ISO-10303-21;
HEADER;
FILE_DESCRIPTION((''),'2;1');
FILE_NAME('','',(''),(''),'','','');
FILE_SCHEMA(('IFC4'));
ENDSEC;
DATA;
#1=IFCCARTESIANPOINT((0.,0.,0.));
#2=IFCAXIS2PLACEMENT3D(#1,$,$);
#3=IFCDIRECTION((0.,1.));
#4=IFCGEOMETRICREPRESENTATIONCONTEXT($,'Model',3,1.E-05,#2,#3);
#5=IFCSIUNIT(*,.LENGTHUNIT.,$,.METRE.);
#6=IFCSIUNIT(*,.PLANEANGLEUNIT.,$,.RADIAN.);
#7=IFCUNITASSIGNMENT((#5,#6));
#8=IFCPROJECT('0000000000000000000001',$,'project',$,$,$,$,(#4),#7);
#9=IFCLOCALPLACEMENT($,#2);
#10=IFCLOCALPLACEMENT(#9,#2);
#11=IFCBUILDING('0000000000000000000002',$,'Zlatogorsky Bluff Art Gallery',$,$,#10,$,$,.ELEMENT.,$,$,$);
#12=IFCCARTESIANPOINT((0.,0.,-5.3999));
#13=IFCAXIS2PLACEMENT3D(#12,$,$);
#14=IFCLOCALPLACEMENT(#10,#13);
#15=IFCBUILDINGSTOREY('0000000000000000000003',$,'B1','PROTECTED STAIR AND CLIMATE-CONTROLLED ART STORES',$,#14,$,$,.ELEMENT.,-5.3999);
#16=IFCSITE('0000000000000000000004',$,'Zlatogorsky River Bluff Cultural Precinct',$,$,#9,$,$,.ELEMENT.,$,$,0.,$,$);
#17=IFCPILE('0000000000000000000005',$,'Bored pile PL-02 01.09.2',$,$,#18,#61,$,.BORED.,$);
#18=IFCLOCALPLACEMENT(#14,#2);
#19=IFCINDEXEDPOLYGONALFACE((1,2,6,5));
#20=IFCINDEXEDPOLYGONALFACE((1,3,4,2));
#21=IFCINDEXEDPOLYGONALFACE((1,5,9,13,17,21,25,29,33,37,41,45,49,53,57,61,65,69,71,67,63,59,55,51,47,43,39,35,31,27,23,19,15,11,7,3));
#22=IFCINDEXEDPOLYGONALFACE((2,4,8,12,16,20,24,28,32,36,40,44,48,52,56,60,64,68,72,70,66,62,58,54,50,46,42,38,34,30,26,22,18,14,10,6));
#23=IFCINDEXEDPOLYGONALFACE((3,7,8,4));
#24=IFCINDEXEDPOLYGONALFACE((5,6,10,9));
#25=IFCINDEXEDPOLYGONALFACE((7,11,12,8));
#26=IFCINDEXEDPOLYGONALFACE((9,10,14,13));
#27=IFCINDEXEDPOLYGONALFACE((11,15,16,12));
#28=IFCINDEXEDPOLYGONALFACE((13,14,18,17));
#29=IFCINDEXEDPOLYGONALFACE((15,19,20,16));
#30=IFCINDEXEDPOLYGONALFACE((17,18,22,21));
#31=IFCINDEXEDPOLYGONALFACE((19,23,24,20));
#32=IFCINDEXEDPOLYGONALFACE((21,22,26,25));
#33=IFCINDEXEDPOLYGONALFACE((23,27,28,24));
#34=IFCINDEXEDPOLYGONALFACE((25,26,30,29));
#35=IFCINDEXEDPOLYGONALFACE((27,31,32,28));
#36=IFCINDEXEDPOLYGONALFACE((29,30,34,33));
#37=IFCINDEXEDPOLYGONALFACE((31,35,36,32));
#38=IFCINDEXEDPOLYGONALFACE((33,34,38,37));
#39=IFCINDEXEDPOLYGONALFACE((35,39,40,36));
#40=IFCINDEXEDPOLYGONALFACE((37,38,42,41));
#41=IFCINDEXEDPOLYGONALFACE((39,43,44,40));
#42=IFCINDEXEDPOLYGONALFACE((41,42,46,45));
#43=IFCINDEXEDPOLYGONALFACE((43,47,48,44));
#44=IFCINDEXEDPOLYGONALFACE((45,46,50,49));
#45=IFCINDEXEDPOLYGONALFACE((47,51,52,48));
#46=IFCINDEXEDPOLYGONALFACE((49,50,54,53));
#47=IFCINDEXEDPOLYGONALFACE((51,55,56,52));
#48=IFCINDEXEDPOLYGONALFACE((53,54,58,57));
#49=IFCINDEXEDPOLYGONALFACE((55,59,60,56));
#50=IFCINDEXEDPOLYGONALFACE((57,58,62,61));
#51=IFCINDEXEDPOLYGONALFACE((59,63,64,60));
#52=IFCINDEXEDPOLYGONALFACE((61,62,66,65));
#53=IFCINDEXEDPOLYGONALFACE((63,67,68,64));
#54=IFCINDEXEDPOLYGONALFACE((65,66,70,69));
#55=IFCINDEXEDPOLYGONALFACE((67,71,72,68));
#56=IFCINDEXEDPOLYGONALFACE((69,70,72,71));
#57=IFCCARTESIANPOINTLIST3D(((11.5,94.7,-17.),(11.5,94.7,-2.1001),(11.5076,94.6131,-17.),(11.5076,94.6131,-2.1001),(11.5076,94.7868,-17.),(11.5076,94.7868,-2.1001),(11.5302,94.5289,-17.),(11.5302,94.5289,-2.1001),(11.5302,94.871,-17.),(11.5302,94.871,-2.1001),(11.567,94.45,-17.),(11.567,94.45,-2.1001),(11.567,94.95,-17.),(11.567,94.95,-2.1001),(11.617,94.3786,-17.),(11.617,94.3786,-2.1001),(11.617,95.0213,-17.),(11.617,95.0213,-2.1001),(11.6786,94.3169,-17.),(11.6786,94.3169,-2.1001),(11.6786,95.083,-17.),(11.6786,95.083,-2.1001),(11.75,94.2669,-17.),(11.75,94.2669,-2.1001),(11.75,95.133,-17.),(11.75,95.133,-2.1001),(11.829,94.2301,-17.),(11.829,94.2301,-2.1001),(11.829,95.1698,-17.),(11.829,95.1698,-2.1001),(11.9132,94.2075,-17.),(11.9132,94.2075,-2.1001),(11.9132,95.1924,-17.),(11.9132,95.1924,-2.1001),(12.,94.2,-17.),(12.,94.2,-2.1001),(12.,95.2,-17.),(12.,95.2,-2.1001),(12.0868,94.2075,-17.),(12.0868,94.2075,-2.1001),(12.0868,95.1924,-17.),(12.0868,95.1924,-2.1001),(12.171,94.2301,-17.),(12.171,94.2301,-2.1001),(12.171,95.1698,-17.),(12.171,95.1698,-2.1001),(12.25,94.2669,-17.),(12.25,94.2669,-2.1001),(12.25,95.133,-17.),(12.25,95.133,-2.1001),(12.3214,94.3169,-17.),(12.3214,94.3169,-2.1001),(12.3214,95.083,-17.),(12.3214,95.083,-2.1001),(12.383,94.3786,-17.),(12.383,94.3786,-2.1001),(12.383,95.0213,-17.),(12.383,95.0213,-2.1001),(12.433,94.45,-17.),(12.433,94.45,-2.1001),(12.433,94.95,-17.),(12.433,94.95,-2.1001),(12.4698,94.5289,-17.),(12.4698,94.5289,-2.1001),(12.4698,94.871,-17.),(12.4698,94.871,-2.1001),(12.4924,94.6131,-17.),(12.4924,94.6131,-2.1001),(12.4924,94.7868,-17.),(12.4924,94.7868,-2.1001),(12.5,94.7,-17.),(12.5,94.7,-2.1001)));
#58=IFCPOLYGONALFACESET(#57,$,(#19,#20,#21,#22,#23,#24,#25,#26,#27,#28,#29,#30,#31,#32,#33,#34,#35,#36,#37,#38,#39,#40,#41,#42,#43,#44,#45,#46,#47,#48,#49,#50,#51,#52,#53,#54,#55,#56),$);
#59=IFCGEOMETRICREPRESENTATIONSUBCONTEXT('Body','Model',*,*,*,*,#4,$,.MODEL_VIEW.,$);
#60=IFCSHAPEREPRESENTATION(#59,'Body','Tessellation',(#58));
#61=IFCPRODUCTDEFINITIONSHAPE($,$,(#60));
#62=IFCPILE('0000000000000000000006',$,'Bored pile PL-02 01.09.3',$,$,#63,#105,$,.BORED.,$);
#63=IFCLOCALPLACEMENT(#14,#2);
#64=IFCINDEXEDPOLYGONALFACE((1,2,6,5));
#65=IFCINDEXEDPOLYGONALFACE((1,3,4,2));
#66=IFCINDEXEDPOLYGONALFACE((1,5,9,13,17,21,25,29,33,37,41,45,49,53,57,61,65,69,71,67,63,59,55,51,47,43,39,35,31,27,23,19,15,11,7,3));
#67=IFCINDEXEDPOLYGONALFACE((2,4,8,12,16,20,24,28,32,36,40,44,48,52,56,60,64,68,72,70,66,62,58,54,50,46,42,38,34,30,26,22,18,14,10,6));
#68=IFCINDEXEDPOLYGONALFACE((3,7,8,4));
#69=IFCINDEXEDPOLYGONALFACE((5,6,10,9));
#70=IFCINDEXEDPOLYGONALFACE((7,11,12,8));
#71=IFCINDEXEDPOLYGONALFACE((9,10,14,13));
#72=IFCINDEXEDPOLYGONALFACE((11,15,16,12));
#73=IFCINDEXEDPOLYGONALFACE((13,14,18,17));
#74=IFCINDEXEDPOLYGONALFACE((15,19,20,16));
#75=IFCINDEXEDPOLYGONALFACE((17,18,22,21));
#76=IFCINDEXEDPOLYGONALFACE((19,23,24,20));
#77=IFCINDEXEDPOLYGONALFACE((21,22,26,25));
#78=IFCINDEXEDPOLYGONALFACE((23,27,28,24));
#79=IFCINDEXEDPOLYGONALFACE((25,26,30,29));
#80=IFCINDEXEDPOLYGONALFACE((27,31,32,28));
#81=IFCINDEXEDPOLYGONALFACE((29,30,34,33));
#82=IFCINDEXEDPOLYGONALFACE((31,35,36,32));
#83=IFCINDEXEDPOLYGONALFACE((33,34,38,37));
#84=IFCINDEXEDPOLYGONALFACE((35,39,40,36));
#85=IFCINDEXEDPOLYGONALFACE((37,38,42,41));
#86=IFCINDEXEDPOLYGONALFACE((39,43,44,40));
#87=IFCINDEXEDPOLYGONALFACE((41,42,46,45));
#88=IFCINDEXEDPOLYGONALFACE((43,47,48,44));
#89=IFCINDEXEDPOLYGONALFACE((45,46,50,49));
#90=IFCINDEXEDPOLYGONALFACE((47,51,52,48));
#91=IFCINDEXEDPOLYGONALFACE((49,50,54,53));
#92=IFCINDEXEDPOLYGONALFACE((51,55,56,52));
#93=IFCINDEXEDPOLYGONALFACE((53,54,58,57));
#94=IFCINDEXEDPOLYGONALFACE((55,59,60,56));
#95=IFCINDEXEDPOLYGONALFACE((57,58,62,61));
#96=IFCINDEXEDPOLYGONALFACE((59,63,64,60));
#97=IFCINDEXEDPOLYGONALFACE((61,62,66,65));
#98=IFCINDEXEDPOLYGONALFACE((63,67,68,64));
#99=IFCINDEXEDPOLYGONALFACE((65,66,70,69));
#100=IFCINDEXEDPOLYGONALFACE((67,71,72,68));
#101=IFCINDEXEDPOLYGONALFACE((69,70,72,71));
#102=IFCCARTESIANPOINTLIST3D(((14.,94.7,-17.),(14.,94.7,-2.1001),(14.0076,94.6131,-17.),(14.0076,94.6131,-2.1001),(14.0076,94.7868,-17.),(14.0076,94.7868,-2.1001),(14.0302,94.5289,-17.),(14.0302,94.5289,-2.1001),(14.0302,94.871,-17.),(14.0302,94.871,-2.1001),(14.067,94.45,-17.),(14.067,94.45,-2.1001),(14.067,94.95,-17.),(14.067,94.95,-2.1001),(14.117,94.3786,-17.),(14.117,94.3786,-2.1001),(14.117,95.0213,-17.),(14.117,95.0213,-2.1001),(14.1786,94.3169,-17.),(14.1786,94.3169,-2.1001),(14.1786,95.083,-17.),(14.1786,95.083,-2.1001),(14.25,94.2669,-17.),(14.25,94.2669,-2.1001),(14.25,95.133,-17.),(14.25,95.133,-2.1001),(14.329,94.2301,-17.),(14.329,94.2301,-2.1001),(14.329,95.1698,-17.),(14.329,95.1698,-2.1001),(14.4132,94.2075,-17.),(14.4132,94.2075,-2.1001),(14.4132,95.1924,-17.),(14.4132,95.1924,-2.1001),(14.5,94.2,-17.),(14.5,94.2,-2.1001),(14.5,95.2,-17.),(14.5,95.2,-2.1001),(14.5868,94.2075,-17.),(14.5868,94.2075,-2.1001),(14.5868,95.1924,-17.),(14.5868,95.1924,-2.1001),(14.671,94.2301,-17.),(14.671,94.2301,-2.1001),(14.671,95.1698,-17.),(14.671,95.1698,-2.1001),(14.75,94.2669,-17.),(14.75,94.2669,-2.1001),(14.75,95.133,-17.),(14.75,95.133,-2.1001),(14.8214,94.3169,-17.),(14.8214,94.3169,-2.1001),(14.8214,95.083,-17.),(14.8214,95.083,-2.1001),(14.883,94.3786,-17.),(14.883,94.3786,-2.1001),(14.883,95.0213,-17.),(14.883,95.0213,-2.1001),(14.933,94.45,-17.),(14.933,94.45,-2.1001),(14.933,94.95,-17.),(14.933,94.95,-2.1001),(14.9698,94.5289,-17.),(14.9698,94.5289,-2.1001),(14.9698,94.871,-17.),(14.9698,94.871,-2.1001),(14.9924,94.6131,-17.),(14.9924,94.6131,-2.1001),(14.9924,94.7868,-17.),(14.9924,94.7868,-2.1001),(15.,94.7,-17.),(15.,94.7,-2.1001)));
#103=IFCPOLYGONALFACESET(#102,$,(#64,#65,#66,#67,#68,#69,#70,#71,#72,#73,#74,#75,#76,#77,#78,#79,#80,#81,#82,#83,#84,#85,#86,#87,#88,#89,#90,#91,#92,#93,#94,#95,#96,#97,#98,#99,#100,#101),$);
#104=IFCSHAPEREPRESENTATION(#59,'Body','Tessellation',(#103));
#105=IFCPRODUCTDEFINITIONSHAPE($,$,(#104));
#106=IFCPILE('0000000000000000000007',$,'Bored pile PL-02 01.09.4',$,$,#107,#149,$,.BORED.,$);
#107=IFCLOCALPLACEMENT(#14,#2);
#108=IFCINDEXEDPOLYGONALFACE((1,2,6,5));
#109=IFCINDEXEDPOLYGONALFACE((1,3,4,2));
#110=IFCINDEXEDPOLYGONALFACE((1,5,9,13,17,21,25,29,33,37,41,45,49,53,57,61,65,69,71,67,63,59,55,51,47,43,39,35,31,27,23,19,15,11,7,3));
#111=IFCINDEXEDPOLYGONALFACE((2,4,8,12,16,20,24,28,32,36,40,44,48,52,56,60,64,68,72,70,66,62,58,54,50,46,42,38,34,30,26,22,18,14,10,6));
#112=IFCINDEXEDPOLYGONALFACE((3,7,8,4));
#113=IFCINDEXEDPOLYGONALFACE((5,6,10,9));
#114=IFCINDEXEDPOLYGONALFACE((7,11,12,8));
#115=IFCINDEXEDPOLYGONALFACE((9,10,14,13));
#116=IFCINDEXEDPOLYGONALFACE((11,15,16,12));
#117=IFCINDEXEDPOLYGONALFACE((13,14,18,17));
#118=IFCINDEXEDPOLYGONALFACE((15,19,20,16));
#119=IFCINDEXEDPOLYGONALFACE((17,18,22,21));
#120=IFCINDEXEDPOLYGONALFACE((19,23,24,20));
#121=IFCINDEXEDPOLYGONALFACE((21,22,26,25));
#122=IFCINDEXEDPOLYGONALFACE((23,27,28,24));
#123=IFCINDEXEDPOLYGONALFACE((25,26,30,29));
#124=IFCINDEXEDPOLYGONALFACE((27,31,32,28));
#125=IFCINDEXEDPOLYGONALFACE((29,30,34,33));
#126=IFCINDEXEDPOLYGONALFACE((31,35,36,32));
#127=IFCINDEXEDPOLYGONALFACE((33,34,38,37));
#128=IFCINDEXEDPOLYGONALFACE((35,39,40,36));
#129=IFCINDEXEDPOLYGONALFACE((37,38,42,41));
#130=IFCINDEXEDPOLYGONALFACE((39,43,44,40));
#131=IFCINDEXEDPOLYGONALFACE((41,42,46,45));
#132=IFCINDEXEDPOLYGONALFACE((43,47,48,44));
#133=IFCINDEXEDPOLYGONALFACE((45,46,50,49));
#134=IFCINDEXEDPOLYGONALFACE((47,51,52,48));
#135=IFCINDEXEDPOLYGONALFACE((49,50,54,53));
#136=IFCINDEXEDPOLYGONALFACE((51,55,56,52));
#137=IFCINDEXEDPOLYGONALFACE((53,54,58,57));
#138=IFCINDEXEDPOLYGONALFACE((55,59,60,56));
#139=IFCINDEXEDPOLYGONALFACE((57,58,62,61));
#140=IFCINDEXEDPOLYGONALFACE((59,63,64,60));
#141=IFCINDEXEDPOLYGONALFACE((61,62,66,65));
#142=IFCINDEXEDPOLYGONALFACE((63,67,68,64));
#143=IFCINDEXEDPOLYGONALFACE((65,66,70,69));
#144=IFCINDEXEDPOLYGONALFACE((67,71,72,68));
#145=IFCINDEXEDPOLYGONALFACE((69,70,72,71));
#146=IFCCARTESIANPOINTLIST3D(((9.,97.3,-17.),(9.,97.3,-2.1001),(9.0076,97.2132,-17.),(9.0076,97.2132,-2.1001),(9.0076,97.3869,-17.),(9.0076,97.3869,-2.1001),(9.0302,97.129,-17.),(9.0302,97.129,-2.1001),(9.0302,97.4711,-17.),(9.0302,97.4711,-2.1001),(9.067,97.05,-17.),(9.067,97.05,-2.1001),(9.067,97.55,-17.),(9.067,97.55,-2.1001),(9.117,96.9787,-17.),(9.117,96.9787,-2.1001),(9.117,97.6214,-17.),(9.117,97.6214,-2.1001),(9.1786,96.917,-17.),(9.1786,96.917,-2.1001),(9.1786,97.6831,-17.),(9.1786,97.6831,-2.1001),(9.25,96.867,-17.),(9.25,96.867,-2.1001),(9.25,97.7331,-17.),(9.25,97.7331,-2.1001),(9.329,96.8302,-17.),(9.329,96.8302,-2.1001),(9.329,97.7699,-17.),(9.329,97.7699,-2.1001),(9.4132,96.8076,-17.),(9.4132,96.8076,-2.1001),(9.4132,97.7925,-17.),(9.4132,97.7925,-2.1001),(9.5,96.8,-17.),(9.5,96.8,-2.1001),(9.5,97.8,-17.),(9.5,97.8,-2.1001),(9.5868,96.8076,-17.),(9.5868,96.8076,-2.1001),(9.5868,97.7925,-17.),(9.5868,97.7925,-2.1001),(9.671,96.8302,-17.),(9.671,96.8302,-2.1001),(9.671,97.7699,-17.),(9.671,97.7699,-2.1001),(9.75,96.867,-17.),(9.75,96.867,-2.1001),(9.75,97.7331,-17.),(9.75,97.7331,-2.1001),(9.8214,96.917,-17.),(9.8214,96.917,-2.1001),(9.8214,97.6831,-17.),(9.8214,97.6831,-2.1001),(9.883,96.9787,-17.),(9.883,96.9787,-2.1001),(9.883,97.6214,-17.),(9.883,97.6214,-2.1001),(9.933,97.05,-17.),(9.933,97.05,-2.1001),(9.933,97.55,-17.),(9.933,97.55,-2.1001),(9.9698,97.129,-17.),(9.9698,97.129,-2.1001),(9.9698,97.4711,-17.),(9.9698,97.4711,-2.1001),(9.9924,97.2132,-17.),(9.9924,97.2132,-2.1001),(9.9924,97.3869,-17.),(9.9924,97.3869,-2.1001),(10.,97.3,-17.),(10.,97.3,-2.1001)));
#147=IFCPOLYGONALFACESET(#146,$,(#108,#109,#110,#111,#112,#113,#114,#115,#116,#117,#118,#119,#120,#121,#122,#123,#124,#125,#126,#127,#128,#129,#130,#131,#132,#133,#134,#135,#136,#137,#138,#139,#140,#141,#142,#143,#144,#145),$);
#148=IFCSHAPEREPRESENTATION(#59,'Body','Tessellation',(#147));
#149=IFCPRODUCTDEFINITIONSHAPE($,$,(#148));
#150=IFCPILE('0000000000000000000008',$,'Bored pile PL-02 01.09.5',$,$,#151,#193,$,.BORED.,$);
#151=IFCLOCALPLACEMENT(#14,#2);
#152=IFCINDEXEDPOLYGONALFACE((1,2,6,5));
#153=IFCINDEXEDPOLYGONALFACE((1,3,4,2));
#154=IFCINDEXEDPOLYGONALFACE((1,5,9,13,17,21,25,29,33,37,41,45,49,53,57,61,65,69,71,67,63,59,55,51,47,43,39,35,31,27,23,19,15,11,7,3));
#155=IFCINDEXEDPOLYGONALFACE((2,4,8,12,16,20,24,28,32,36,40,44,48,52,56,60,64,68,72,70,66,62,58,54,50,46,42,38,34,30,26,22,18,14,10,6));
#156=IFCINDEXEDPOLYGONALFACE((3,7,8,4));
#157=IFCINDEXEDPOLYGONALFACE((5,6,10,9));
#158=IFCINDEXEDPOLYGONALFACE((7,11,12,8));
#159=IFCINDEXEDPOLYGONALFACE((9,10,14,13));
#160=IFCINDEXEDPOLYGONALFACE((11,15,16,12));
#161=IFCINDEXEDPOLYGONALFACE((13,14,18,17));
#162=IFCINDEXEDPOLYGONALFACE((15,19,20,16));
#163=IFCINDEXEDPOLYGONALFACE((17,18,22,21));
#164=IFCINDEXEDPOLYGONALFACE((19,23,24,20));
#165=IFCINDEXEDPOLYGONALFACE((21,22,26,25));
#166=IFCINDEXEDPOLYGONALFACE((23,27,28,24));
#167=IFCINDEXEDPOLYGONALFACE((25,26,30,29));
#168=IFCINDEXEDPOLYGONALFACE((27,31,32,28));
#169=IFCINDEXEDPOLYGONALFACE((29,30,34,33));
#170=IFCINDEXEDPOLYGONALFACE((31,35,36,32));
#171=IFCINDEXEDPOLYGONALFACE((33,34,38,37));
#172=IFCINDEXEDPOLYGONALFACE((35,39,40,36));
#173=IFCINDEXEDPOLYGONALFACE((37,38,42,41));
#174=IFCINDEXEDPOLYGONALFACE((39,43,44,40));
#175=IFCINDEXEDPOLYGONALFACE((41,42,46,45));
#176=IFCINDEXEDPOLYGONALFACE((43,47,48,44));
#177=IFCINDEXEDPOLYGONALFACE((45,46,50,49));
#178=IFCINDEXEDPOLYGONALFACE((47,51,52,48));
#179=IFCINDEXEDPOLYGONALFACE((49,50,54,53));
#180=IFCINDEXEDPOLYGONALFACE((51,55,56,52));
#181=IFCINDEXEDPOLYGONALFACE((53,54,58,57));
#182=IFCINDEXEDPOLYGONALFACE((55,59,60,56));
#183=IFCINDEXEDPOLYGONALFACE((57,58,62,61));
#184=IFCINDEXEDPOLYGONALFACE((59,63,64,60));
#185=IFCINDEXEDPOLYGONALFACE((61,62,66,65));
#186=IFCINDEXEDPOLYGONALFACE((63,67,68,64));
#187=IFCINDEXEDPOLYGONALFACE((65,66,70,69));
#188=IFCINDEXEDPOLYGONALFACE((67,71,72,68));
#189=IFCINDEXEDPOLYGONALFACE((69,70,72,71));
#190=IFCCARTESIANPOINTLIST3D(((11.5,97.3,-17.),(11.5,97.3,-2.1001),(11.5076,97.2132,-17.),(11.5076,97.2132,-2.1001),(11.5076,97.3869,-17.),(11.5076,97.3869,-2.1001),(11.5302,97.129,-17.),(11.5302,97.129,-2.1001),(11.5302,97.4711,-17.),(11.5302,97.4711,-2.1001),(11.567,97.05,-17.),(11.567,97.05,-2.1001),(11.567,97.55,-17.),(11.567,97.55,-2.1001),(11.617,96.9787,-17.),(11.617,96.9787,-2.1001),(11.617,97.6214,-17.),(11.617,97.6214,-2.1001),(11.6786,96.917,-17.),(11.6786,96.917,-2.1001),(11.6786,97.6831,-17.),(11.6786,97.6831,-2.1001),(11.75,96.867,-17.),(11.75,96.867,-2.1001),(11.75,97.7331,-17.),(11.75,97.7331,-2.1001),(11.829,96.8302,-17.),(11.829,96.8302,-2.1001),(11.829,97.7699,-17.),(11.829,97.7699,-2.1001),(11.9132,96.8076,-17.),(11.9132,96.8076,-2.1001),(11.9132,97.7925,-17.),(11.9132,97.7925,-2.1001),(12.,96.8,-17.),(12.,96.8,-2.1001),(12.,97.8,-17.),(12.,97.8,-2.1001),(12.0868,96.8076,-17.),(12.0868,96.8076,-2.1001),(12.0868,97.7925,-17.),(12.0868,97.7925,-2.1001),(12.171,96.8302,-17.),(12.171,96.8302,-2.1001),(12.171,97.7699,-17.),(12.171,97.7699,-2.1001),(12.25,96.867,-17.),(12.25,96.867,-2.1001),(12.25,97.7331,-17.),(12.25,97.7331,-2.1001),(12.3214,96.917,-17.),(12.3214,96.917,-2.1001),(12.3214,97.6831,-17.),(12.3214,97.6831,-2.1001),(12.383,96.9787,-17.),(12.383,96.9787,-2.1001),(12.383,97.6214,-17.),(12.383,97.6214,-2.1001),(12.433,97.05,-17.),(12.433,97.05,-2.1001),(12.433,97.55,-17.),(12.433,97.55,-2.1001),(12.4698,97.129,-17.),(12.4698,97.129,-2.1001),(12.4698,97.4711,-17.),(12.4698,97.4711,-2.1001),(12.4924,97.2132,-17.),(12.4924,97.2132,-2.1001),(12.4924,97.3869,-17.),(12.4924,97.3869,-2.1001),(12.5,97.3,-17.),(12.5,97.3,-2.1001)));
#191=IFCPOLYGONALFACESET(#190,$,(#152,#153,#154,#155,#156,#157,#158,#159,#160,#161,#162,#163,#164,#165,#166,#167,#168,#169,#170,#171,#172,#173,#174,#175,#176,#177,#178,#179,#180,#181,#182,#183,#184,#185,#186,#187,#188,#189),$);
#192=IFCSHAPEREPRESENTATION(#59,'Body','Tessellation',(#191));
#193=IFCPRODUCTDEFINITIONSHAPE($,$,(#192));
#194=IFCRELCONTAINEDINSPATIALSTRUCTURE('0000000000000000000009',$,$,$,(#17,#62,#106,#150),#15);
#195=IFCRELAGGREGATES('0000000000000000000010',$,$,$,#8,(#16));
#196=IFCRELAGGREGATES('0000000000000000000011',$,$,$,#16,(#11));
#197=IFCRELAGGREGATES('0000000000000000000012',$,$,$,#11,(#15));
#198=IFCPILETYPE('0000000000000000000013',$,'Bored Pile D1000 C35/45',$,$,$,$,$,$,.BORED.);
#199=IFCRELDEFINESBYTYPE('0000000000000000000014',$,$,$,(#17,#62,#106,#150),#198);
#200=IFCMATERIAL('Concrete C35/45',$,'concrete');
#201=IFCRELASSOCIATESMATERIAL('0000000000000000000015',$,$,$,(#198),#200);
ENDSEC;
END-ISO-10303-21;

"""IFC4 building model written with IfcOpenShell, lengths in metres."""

from ifc_helpers import new_model, si_unit, direction, frame, origin, origin_2d, place, context, subcontext, project, spatial, circle, extrude, material, material_profile, profile_set, type_object, element, save


model = new_model("IFC4")

# Units and contexts
model_context = context("Model", 3, precision=1e-05, world=origin(), true_north=direction((0.0, 1.0)))
body_context = subcontext(model_context, "Body", "Model", "MODEL_VIEW")
ifc_project = project(units=[si_unit("LENGTHUNIT", "METRE"), si_unit("PLANEANGLEUNIT", "RADIAN")], contexts=[model_context])

# Site, building, storey
site_placement = place(None, origin())
site = spatial("IfcSite", under=ifc_project, at=site_placement, Name="Zlatogorsky River Bluff Cultural Precinct", CompositionType="ELEMENT", RefElevation=0.0)
building_placement = place(site_placement, origin())
building = spatial("IfcBuilding", under=site, at=building_placement, Name="Zlatogorsky Bluff Art Gallery", CompositionType="ELEMENT")
storey_placement = place(building_placement, frame((0.0, 0.0, -5.3999)))
storey = spatial("IfcBuildingStorey", under=building, at=storey_placement, Name="B1", Description="PROTECTED STAIR AND CLIMATE-CONTROLLED ART STORES", CompositionType="ELEMENT", Elevation=-5.3999)

# Piles
ifc_material_1 = material(Name="Concrete C35/45", Category="concrete")
ifc_material_profile_1 = material_profile(ifc_material_1, circle(Radius=0.5, at=origin_2d()), Name="BORED PILE D1000")
ifc_profile_set_1 = profile_set([ifc_material_profile_1], Name="Concrete C35/45")
pile_type = type_object("IfcPileType", Name="Bored Pile D1000 C35/45", PredefinedType="BORED", material=ifc_profile_set_1)
for number, where, z_axis, x_axis, name in (
    (1, (12.0, 94.7, -2.1001), (0.0, 0.0, -1.0), (1.0, 0.0, 0.0), "Bored pile PL-02 01.09.2"),
    (2, (14.5, 94.7, -2.1001), (0.0, 0.0, -1.0), (1.0, 0.0, 0.0), "Bored pile PL-02 01.09.3"),
    (3, (9.5, 97.3, -2.1001), (0.0, 0.0, -1.0), (1.0, 0.0, 0.0), "Bored pile PL-02 01.09.4"),
    (4, (12.0, 97.3, -2.1001), (0.0, 0.0, -1.0), (1.0, 0.0, 0.0), "Bored pile PL-02 01.09.5"),
):
    element("IfcPile", number, at=place(storey_placement, frame(where, z_axis=z_axis, x_axis=x_axis)), inside=storey, type_object=pile_type, Name=name, PredefinedType="BORED", context=body_context, shape_type="SweptSolid", body=[
        extrude(circle(Radius=0.5, at=origin_2d()), origin(), (0.0, 0.0, 1.0), 14.8999),
    ])

save(model, "model.ifc")
